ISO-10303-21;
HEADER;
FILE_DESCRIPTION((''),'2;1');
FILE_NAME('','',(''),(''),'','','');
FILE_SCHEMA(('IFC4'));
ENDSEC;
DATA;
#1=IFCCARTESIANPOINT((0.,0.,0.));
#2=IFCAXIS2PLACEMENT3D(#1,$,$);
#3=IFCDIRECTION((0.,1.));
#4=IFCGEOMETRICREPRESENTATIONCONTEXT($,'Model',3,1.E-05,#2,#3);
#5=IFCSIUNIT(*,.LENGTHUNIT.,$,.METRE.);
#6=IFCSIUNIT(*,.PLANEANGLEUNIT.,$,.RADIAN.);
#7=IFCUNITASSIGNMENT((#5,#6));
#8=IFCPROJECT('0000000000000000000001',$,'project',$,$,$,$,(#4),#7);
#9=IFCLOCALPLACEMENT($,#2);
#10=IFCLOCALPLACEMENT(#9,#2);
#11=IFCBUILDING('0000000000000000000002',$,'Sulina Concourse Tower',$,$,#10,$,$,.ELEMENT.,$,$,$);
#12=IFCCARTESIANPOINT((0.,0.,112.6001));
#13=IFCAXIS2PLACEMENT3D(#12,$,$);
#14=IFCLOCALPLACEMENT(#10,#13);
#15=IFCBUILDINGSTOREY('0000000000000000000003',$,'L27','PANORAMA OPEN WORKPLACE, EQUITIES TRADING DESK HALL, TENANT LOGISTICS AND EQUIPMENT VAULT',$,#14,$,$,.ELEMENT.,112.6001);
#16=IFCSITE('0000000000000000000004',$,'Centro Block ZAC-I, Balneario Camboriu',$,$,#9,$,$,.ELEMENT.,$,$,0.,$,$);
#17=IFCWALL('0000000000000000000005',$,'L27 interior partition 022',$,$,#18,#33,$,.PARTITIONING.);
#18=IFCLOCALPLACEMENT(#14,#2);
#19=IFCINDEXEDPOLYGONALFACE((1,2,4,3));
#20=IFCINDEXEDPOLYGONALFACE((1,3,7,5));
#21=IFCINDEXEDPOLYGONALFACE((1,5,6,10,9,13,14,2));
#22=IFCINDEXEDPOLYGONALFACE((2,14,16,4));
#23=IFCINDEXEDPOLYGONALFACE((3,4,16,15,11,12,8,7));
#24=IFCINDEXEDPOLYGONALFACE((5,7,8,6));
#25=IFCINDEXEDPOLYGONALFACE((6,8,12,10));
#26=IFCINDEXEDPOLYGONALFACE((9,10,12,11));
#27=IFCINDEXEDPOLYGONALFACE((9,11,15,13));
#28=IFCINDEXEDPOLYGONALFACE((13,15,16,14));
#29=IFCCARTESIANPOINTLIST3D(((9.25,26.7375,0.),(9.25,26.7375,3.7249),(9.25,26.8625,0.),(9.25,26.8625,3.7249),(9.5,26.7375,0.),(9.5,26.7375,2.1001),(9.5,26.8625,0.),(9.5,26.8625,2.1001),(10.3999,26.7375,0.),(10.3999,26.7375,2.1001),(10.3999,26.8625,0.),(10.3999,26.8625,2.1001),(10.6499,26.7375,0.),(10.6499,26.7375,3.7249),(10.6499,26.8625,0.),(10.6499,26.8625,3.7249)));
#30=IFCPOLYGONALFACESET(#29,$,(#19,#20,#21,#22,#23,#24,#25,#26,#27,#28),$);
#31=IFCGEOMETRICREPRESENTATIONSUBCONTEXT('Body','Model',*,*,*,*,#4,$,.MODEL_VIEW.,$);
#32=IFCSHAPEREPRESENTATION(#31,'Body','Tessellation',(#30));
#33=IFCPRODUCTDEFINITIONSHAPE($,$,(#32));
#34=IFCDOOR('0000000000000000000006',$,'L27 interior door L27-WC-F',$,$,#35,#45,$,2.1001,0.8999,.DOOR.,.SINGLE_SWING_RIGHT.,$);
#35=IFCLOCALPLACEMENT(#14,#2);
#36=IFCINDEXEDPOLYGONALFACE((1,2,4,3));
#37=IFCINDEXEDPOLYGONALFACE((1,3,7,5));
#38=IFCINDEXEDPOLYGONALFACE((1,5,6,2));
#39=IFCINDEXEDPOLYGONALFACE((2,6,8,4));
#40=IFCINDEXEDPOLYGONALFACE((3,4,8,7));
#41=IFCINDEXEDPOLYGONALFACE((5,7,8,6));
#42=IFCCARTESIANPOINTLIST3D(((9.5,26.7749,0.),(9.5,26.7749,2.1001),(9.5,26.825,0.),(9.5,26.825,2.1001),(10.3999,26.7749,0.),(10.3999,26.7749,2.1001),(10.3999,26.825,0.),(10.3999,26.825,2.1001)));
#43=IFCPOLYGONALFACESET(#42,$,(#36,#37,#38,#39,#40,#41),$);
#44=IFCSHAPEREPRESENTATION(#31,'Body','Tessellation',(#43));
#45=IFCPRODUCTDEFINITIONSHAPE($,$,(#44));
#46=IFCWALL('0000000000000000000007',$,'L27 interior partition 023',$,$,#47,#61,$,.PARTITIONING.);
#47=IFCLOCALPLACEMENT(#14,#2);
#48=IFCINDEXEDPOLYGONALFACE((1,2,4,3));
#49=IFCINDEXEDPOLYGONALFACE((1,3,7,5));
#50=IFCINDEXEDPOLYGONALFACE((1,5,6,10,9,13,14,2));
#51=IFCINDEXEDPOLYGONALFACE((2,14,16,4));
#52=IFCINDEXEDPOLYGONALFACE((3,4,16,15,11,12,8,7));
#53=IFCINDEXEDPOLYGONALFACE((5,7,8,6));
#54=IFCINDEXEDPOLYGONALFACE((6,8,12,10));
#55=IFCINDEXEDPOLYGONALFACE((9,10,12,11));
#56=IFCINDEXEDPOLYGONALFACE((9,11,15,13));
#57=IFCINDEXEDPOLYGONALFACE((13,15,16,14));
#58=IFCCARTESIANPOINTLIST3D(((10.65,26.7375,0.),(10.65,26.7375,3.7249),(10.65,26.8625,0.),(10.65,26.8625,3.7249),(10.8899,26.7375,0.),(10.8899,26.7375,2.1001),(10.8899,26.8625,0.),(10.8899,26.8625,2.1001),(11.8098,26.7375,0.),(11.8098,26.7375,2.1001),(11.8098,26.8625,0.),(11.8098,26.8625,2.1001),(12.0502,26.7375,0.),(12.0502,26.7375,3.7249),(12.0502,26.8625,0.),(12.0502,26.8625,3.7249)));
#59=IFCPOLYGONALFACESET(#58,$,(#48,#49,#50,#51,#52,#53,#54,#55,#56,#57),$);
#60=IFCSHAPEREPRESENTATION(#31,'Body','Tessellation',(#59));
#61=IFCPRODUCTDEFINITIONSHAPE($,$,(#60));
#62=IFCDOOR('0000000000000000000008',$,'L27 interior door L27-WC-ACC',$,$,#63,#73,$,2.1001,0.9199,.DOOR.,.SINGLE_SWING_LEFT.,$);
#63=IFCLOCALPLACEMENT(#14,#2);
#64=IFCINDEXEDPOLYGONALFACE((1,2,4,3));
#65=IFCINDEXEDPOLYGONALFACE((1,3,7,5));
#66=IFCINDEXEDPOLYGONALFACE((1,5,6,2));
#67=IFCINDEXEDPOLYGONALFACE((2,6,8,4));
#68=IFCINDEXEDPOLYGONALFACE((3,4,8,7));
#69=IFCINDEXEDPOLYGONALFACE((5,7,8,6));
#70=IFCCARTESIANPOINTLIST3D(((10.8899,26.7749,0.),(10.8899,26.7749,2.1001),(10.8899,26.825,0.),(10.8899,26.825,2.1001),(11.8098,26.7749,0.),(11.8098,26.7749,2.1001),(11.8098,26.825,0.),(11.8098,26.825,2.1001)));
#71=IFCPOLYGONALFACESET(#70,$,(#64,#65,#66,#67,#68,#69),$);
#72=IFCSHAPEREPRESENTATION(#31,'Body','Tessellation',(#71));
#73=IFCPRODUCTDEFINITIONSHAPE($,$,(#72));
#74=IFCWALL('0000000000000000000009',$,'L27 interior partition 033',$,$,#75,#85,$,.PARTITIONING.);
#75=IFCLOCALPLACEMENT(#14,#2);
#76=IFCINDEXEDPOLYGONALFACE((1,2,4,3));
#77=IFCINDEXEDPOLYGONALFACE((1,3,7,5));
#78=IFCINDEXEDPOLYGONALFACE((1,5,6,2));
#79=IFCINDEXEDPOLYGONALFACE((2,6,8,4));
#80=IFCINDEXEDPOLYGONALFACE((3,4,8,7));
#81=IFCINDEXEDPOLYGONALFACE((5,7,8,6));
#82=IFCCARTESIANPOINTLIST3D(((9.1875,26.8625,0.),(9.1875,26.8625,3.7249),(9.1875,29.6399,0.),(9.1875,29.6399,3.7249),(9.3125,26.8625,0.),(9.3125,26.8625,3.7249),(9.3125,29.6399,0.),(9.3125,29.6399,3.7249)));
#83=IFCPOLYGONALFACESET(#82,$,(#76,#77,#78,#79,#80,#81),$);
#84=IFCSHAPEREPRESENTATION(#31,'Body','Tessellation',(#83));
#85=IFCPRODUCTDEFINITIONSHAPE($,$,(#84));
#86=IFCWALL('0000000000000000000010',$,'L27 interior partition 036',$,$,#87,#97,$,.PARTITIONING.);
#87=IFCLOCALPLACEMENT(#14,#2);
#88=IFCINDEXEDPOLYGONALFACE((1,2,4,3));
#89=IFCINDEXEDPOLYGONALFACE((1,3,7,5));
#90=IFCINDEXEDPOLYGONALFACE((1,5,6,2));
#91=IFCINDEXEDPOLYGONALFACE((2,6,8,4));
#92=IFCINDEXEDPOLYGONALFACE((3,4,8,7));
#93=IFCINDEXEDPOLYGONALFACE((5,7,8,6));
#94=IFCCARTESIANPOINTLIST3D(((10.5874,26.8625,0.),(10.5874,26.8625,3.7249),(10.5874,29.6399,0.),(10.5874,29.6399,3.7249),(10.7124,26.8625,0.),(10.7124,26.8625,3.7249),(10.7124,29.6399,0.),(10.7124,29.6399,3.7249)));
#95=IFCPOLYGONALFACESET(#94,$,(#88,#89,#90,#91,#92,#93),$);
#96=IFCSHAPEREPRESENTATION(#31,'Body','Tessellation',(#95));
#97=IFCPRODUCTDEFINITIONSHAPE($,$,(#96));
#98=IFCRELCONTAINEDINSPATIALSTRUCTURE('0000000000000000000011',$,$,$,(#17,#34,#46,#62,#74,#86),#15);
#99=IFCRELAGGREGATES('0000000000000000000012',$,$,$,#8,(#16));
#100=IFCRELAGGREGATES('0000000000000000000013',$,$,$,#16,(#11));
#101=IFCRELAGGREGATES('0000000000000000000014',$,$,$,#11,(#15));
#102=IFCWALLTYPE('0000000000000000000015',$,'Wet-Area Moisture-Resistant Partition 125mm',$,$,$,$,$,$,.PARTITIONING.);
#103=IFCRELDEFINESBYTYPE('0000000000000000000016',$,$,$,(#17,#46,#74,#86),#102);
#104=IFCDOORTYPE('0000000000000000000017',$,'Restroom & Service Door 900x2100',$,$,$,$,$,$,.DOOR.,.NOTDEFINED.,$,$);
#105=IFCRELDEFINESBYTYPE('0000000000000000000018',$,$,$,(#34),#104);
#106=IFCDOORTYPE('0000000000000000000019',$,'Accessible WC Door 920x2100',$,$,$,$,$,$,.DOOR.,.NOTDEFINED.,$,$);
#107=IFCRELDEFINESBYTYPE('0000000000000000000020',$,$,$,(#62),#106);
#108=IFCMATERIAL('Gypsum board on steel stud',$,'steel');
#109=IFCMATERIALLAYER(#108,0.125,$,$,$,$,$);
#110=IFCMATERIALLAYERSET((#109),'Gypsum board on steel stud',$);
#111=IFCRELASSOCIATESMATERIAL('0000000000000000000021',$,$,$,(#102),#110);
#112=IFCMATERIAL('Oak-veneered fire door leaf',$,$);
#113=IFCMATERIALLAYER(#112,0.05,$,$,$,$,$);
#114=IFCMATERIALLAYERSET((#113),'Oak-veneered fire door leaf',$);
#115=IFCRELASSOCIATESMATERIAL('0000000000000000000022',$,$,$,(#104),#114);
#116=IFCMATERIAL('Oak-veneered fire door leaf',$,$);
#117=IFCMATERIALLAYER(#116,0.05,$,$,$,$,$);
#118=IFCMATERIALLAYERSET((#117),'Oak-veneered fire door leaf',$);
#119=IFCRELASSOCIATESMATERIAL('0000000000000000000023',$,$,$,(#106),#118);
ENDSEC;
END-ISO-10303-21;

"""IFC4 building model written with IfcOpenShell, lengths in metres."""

from ifc_helpers import new_model, si_unit, direction, frame, frame_2d, origin, place, context, subcontext, project, spatial, rectangle, extrude, material, layer, layer_set, type_object, element, fill, save


model = new_model("IFC4")

# Units and contexts
model_context = context("Model", 3, precision=1e-05, world=origin(), true_north=direction((0.0, 1.0)))
body_context = subcontext(model_context, "Body", "Model", "MODEL_VIEW")
ifc_project = project(units=[si_unit("LENGTHUNIT", "METRE"), si_unit("PLANEANGLEUNIT", "RADIAN")], contexts=[model_context])

# Site, building, storey
site_placement = place(None, origin())
site = spatial("IfcSite", under=ifc_project, at=site_placement, Name="Centro Block ZAC-I, Balneario Camboriu", CompositionType="ELEMENT", RefElevation=0.0)
building_placement = place(site_placement, origin())
building = spatial("IfcBuilding", under=site, at=building_placement, Name="Sulina Concourse Tower", CompositionType="ELEMENT")
storey_placement = place(building_placement, frame((0.0, 0.0, 112.6001)))
storey = spatial("IfcBuildingStorey", under=building, at=storey_placement, Name="L27", Description="PANORAMA OPEN WORKPLACE, EQUITIES TRADING DESK HALL, TENANT LOGISTICS AND EQUIPMENT VAULT", CompositionType="ELEMENT", Elevation=112.6001)

# Walls, openings, doors
ifc_material_1 = material(Name="Gypsum board on steel stud", Category="steel")
ifc_layer_1 = layer(ifc_material_1, 0.125)
ifc_layer_set_1 = layer_set([ifc_layer_1], Name="Gypsum board on steel stud")
wall_type_1 = type_object("IfcWallType", Name="Wet-Area Moisture-Resistant Partition 125mm", PredefinedType="PARTITIONING", material=ifc_layer_set_1)
wall_1_placement = place(storey_placement, frame((9.25, 26.8, 0.0), z_axis=(0.0, 0.0, 1.0), x_axis=(1.0, 0.0, 0.0)))
wall_1 = element("IfcWall", 1, at=wall_1_placement, inside=storey, type_object=wall_type_1, Name="L27 interior partition 022", PredefinedType="PARTITIONING", context=body_context, shape_type="SweptSolid", body=[
    extrude(rectangle(XDim=1.3999, YDim=0.125, at=frame_2d((0.7, 0.0))), origin(), (0.0, 0.0, 1.0), 3.7249),
])
opening_1_placement = place(wall_1_placement, frame((0.25, 0.0, 0.0)))
opening_1 = element("IfcOpeningElement", 2, at=opening_1_placement, cuts=wall_1, PredefinedType="OPENING", context=body_context, shape_type="SweptSolid", body=[
    extrude(rectangle(XDim=0.8999, YDim=2.1001, at=frame_2d((0.45, 1.05))), frame((0.0, 0.0725, 0.0), z_axis=(0.0, -1.0, 0.0), x_axis=(1.0, 0.0, 0.0)), (0.0, 0.0, 1.0), 0.145),
])
ifc_material_2 = material(Name="Oak-veneered fire door leaf")
ifc_layer_2 = layer(ifc_material_2, 0.05)
ifc_layer_set_2 = layer_set([ifc_layer_2], Name="Oak-veneered fire door leaf")
door_type_1 = type_object("IfcDoorType", Name="Restroom & Service Door 900x2100", OperationType="NOTDEFINED", PredefinedType="DOOR", material=ifc_layer_set_2)
door_1_placement = place(opening_1_placement, origin())
door_1 = element("IfcDoor", 3, at=door_1_placement, inside=storey, type_object=door_type_1, Name="L27 interior door L27-WC-F", OperationType="SINGLE_SWING_RIGHT", OverallHeight=2.1001, OverallWidth=0.8999, PredefinedType="DOOR", context=body_context, shape_type="SweptSolid", body=[
    extrude(rectangle(XDim=0.8999, YDim=2.1001, at=frame_2d((0.45, 1.05))), frame((0.0, 0.0249, 0.0), z_axis=(0.0, -1.0, 0.0), x_axis=(1.0, 0.0, 0.0)), (0.0, 0.0, 1.0), 0.05),
])
fill(opening_1, door_1)
wall_2_placement = place(storey_placement, frame((10.6499, 26.8, 0.0), z_axis=(0.0, 0.0, 1.0), x_axis=(1.0, 0.0, 0.0)))
wall_2 = element("IfcWall", 4, at=wall_2_placement, inside=storey, type_object=wall_type_1, Name="L27 interior partition 023", PredefinedType="PARTITIONING", context=body_context, shape_type="SweptSolid", body=[
    extrude(rectangle(XDim=1.4001, YDim=0.125, at=frame_2d((0.7002, 0.0))), origin(), (0.0, 0.0, 1.0), 3.7249),
])
opening_2_placement = place(wall_2_placement, frame((0.24, 0.0, 0.0)))
opening_2 = element("IfcOpeningElement", 5, at=opening_2_placement, cuts=wall_2, PredefinedType="OPENING", context=body_context, shape_type="SweptSolid", body=[
    extrude(rectangle(XDim=0.9199, YDim=2.1001, at=frame_2d((0.46, 1.05))), frame((0.0, 0.0725, 0.0), z_axis=(0.0, -1.0, 0.0), x_axis=(1.0, 0.0, 0.0)), (0.0, 0.0, 1.0), 0.145),
])
ifc_material_3 = material(Name="Oak-veneered fire door leaf")
ifc_layer_3 = layer(ifc_material_3, 0.05)
ifc_layer_set_3 = layer_set([ifc_layer_3], Name="Oak-veneered fire door leaf")
door_type_2 = type_object("IfcDoorType", Name="Accessible WC Door 920x2100", OperationType="NOTDEFINED", PredefinedType="DOOR", material=ifc_layer_set_3)
door_2_placement = place(opening_2_placement, origin())
door_2 = element("IfcDoor", 6, at=door_2_placement, inside=storey, type_object=door_type_2, Name="L27 interior door L27-WC-ACC", OperationType="SINGLE_SWING_LEFT", OverallHeight=2.1001, OverallWidth=0.9199, PredefinedType="DOOR", context=body_context, shape_type="SweptSolid", body=[
    extrude(rectangle(XDim=0.9199, YDim=2.1001, at=frame_2d((0.46, 1.05))), frame((0.0, 0.0249, 0.0), z_axis=(0.0, -1.0, 0.0), x_axis=(1.0, 0.0, 0.0)), (0.0, 0.0, 1.0), 0.05),
])
fill(opening_2, door_2)

# Walls
for number, where, z_axis, x_axis, name in (
    (7, (9.25, 26.8625, 0.0), (0.0, 0.0, 1.0), (0.0, 1.0, 0.0), "L27 interior partition 033"),
    (8, (10.6499, 26.8625, 0.0), (0.0, 0.0, 1.0), (0.0, 1.0, 0.0), "L27 interior partition 036"),
):
    element("IfcWall", number, at=place(storey_placement, frame(where, z_axis=z_axis, x_axis=x_axis)), inside=storey, type_object=wall_type_1, Name=name, PredefinedType="PARTITIONING", context=body_context, shape_type="SweptSolid", body=[
        extrude(rectangle(XDim=2.7773, YDim=0.125, at=frame_2d((1.3887, 0.0))), origin(), (0.0, 0.0, 1.0), 3.7249),
    ])

save(model, "model.ifc")
